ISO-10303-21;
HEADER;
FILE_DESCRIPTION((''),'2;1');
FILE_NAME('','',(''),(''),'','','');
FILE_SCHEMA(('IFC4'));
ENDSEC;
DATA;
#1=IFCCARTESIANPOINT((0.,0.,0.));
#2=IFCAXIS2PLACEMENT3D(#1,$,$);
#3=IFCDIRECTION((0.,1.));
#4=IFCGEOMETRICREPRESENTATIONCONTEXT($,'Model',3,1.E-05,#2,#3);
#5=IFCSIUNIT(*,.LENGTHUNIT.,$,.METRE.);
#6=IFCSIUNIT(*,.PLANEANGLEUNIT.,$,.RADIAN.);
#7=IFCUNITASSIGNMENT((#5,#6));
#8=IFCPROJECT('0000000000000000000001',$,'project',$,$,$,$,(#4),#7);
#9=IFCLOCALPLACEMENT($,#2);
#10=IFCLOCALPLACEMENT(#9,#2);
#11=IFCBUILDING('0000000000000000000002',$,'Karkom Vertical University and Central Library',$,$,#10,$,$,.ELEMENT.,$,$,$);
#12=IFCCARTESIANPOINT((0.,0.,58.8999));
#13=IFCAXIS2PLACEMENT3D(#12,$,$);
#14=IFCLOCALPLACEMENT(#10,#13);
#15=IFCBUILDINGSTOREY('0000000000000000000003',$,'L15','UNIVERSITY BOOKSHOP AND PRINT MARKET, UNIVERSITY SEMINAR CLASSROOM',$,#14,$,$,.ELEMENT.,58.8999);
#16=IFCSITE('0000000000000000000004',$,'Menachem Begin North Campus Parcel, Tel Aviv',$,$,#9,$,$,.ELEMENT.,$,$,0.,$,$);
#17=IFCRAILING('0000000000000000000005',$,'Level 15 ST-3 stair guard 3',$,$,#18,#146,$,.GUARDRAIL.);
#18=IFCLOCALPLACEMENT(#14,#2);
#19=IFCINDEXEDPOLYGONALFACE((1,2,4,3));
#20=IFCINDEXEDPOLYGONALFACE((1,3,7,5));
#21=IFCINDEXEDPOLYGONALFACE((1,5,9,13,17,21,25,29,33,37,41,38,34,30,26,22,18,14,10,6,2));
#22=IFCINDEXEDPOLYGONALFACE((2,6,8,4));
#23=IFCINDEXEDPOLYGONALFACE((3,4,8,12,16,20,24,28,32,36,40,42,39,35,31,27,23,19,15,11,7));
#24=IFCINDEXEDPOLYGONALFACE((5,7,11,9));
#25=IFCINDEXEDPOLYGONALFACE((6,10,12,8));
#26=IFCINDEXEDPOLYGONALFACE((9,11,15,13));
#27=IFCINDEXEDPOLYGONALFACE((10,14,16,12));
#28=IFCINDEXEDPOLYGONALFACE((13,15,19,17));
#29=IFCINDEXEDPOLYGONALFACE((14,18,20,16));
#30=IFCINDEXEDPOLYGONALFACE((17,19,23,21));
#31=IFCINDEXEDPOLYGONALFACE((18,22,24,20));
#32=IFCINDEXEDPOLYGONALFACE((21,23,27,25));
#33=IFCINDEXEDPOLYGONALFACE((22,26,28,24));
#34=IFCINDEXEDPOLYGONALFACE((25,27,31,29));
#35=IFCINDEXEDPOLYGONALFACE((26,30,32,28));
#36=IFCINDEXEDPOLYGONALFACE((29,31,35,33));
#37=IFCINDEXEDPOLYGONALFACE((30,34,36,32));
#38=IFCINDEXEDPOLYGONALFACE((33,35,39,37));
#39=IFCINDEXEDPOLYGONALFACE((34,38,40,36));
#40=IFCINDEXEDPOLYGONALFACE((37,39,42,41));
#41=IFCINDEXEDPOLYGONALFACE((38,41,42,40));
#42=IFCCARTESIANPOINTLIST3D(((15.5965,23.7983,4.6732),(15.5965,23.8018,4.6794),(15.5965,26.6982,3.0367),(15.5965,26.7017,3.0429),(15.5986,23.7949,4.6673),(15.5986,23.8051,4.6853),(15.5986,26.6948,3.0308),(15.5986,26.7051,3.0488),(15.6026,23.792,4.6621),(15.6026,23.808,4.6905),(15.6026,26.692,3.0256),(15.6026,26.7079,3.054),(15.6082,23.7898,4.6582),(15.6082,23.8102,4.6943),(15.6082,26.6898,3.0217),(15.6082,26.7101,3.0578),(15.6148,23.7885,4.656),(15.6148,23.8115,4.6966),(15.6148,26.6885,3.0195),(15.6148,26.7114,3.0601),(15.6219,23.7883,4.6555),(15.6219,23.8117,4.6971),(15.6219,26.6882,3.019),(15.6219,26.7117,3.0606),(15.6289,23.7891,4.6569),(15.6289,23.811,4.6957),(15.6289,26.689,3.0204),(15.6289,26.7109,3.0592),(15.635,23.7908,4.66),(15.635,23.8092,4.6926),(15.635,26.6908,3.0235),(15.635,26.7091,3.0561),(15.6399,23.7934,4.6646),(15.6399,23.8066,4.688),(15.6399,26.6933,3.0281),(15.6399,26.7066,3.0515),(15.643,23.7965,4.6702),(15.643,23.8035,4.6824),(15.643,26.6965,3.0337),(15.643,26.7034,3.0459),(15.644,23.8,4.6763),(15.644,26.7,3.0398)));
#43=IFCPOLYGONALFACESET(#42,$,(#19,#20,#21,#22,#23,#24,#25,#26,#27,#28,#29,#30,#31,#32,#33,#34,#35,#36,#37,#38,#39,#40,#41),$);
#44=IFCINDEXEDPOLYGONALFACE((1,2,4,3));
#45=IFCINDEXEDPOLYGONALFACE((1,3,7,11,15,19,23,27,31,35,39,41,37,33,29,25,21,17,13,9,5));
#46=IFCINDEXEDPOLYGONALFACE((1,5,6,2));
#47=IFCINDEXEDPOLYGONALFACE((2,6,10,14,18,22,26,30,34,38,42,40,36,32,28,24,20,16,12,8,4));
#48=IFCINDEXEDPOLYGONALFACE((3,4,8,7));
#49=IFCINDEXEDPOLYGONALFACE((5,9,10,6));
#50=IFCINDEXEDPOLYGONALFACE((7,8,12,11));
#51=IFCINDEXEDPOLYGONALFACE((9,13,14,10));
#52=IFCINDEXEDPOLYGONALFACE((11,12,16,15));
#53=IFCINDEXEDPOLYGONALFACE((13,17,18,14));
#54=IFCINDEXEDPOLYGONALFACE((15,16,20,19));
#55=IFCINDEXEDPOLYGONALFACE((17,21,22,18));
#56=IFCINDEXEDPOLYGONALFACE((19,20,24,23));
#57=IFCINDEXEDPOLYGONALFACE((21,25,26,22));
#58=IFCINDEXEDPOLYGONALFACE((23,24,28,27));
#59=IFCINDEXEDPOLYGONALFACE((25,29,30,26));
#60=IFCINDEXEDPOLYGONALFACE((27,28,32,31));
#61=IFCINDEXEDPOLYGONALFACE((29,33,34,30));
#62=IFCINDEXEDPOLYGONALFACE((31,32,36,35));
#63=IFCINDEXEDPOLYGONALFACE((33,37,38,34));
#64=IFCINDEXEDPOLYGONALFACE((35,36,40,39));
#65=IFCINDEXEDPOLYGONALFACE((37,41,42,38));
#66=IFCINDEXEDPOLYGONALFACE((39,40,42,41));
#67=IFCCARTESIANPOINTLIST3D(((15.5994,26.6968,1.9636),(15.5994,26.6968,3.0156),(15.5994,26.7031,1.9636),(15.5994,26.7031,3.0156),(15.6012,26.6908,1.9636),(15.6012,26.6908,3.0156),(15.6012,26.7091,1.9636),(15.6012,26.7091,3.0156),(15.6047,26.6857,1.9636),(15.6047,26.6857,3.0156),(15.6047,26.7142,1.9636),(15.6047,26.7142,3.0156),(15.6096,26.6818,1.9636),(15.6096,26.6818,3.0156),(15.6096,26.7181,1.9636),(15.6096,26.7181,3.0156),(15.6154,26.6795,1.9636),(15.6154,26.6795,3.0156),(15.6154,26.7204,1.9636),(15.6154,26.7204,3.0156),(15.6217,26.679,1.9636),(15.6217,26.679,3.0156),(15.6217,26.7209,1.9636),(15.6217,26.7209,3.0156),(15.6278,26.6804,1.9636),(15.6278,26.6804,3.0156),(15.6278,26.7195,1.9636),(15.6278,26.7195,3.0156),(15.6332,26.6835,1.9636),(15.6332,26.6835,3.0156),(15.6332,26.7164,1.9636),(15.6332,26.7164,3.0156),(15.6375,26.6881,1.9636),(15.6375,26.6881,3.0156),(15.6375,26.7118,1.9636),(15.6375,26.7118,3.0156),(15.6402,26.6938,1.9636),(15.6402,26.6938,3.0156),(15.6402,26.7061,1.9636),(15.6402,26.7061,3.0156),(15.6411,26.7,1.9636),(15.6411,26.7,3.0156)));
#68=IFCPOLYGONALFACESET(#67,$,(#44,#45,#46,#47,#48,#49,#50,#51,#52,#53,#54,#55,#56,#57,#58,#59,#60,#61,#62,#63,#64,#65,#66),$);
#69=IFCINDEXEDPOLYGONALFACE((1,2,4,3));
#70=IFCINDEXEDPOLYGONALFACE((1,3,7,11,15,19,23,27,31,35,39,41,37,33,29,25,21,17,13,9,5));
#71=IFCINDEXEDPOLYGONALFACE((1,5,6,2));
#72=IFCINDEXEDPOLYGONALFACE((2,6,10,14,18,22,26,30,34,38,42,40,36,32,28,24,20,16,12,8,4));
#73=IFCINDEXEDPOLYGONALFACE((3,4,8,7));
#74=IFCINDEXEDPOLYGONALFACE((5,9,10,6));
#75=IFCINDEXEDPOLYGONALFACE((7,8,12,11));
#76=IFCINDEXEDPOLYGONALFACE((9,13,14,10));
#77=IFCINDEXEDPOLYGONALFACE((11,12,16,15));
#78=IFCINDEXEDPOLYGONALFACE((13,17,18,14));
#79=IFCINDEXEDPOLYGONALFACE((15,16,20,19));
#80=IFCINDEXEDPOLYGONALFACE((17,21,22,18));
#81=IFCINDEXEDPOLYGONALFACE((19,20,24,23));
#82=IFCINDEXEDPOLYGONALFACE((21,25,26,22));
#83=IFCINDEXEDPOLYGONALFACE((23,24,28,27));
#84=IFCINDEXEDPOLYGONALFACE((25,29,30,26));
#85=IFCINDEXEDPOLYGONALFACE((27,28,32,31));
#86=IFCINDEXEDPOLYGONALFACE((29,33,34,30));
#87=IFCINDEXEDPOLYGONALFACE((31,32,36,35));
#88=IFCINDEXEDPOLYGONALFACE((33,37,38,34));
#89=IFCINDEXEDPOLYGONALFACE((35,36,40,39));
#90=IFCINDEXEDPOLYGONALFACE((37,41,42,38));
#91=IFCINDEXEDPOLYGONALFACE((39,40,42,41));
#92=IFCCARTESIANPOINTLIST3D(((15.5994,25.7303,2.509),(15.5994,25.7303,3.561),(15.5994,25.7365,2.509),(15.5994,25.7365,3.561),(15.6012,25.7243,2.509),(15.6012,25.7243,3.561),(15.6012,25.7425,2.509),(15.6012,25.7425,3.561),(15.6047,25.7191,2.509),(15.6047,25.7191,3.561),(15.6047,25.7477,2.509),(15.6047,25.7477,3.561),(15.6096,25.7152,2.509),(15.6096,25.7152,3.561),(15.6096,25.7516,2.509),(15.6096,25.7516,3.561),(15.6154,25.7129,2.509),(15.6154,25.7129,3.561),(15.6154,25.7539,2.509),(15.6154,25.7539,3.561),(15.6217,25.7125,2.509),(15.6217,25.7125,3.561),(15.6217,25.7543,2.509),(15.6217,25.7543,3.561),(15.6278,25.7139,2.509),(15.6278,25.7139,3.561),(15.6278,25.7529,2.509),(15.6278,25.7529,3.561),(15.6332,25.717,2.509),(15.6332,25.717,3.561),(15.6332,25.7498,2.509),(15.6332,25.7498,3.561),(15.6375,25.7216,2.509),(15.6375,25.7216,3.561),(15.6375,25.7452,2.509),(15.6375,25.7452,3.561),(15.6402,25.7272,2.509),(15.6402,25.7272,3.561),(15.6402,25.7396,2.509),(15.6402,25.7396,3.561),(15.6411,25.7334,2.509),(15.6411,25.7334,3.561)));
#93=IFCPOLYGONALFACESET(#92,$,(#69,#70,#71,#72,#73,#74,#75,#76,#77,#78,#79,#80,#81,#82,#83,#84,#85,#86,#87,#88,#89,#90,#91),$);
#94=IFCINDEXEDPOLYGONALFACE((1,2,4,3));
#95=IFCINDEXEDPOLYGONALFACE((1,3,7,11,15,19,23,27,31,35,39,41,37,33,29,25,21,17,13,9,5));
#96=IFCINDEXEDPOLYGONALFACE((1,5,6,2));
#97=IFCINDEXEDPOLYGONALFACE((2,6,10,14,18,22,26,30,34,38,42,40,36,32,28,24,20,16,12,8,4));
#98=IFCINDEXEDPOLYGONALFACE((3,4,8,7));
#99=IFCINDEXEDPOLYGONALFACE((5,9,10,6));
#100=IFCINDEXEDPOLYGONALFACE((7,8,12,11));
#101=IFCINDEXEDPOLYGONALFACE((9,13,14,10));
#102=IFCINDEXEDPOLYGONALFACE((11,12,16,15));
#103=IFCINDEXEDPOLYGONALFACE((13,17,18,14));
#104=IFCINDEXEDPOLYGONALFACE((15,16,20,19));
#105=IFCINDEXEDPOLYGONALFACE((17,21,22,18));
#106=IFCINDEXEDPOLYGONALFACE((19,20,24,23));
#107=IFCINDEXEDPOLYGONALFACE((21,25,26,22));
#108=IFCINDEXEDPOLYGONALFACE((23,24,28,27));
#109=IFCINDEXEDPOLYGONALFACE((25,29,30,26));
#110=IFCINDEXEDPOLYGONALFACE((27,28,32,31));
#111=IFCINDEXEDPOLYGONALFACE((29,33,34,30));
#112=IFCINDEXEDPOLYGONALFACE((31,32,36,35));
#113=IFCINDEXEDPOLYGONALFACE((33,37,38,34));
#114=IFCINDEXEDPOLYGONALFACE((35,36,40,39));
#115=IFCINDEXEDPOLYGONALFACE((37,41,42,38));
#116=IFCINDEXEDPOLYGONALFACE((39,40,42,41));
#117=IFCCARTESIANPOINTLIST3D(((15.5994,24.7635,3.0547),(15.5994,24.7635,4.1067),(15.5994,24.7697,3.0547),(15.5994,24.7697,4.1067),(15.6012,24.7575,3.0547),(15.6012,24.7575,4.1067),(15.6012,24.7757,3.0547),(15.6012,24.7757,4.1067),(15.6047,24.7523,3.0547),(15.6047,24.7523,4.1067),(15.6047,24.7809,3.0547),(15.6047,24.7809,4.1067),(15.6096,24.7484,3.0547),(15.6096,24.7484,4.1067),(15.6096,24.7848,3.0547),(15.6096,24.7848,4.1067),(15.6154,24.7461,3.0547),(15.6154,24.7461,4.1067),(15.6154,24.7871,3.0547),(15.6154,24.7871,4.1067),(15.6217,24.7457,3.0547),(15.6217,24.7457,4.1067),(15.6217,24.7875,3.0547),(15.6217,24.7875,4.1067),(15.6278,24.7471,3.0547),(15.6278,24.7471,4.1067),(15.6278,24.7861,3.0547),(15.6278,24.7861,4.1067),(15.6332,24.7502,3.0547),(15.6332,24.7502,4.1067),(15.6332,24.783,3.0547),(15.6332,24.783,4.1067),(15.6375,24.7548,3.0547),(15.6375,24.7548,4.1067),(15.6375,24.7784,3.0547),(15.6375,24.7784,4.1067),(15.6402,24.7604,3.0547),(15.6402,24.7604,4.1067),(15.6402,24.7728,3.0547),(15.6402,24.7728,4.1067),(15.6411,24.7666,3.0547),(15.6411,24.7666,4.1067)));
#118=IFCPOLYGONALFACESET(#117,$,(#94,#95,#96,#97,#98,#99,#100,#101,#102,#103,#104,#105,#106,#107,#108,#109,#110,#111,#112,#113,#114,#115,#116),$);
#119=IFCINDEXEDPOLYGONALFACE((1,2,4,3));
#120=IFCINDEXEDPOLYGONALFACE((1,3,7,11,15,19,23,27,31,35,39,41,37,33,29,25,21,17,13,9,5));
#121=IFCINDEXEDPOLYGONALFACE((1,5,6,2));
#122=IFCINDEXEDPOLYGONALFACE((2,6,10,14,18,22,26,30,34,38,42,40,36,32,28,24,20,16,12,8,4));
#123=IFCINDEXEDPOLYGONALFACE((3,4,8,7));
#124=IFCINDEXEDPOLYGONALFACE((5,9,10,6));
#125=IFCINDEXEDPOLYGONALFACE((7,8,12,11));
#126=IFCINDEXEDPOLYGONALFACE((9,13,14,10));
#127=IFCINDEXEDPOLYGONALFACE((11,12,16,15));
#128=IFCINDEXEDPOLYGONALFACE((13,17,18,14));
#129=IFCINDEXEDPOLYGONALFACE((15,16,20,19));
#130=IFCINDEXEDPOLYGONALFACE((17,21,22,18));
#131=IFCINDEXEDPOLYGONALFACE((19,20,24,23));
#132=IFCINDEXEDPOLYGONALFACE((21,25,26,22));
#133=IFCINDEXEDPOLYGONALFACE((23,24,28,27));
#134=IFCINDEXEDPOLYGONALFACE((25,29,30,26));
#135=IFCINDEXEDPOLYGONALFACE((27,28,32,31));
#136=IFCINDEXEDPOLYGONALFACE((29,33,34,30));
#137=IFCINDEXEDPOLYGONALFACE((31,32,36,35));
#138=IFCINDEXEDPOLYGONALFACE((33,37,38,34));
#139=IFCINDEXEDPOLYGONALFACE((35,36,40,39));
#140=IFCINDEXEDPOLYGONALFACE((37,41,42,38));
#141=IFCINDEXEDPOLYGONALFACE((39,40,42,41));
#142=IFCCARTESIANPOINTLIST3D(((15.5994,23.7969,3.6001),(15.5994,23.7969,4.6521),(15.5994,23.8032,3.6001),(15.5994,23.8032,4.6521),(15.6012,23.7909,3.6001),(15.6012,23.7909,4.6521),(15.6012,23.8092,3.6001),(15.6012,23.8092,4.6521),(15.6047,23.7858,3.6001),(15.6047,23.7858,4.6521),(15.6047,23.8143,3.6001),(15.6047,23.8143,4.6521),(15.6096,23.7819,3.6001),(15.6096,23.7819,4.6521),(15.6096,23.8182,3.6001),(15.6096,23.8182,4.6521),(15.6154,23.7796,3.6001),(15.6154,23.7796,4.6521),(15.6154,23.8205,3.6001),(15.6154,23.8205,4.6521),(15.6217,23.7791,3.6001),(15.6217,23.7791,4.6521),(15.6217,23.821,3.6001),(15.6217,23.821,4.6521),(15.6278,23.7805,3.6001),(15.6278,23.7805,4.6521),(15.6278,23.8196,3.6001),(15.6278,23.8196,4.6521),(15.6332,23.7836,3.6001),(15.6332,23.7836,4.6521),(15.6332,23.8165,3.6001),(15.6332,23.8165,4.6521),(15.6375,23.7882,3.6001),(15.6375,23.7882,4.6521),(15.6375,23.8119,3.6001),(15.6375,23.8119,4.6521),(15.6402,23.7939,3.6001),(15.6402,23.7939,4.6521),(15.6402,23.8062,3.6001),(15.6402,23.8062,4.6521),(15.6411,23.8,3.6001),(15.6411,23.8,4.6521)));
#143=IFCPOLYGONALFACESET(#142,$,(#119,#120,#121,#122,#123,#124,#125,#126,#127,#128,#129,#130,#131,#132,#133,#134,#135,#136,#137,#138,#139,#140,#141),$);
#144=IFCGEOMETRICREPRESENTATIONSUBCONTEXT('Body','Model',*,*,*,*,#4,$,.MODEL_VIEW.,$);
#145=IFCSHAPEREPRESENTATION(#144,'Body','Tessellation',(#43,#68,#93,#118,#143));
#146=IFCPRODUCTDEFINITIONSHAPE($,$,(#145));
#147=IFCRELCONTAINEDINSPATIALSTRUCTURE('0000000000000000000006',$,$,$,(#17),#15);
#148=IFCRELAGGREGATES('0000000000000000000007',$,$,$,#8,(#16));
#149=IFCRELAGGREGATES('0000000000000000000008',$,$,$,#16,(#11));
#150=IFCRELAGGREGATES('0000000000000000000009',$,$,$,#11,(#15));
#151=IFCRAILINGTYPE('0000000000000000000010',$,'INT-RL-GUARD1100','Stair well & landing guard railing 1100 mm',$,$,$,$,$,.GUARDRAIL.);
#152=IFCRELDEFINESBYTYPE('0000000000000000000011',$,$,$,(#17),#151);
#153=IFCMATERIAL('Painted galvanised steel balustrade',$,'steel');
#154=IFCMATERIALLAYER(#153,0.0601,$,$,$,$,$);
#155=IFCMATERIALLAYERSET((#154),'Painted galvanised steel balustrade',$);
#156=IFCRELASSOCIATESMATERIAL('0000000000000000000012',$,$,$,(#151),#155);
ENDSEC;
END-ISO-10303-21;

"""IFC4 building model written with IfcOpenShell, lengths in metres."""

from ifc_helpers import new_model, si_unit, direction, frame, origin, origin_2d, place, context, subcontext, project, spatial, circle, extrude, material, layer, layer_set, type_object, element, save


model = new_model("IFC4")

# Units and contexts
model_context = context("Model", 3, precision=1e-05, world=origin(), true_north=direction((0.0, 1.0)))
body_context = subcontext(model_context, "Body", "Model", "MODEL_VIEW")
ifc_project = project(units=[si_unit("LENGTHUNIT", "METRE"), si_unit("PLANEANGLEUNIT", "RADIAN")], contexts=[model_context])

# Site, building, storey
site_placement = place(None, origin())
site = spatial("IfcSite", under=ifc_project, at=site_placement, Name="Menachem Begin North Campus Parcel, Tel Aviv", CompositionType="ELEMENT", RefElevation=0.0)
building_placement = place(site_placement, origin())
building = spatial("IfcBuilding", under=site, at=building_placement, Name="Karkom Vertical University and Central Library", CompositionType="ELEMENT")
storey_placement = place(building_placement, frame((0.0, 0.0, 58.8999)))
storey = spatial("IfcBuildingStorey", under=building, at=storey_placement, Name="L15", Description="UNIVERSITY BOOKSHOP AND PRINT MARKET, UNIVERSITY SEMINAR CLASSROOM", CompositionType="ELEMENT", Elevation=58.8999)

# Railing
ifc_material_1 = material(Name="Painted galvanised steel balustrade", Category="steel")
ifc_layer_1 = layer(ifc_material_1, 0.0601)
ifc_layer_set_1 = layer_set([ifc_layer_1], Name="Painted galvanised steel balustrade")
railing_type_1 = type_object("IfcRailingType", Name="INT-RL-GUARD1100", Description="Stair well & landing guard railing 1100 mm", PredefinedType="GUARDRAIL", material=ifc_layer_set_1)
railing_1_placement = place(storey_placement, frame((15.6201, 26.7, 1.9636)))
element("IfcRailing", 1, at=railing_1_placement, inside=storey, type_object=railing_type_1, Name="Level 15 ST-3 stair guard 3", PredefinedType="GUARDRAIL", context=body_context, shape_type="SweptSolid", body=[
    extrude(circle(Radius=0.0239, at=origin_2d()), frame((0.0, 0.0, 1.0762), z_axis=(0.0, -0.870897, 0.491465), x_axis=(1.0, 0.0, 0.0)), (0.0, 0.0, 1.0), 3.3298),
    extrude(circle(Radius=0.021, at=origin_2d()), origin(), (0.0, 0.0, 1.0), 1.052),
    extrude(circle(Radius=0.021, at=origin_2d()), frame((0.0, -0.9666, 0.5454)), (0.0, 0.0, 1.0), 1.052),
    extrude(circle(Radius=0.021, at=origin_2d()), frame((0.0, -1.9333, 1.0911)), (0.0, 0.0, 1.0), 1.052),
    extrude(circle(Radius=0.021, at=origin_2d()), frame((0.0, -2.8999, 1.6365)), (0.0, 0.0, 1.0), 1.052),
])

save(model, "model.ifc")
